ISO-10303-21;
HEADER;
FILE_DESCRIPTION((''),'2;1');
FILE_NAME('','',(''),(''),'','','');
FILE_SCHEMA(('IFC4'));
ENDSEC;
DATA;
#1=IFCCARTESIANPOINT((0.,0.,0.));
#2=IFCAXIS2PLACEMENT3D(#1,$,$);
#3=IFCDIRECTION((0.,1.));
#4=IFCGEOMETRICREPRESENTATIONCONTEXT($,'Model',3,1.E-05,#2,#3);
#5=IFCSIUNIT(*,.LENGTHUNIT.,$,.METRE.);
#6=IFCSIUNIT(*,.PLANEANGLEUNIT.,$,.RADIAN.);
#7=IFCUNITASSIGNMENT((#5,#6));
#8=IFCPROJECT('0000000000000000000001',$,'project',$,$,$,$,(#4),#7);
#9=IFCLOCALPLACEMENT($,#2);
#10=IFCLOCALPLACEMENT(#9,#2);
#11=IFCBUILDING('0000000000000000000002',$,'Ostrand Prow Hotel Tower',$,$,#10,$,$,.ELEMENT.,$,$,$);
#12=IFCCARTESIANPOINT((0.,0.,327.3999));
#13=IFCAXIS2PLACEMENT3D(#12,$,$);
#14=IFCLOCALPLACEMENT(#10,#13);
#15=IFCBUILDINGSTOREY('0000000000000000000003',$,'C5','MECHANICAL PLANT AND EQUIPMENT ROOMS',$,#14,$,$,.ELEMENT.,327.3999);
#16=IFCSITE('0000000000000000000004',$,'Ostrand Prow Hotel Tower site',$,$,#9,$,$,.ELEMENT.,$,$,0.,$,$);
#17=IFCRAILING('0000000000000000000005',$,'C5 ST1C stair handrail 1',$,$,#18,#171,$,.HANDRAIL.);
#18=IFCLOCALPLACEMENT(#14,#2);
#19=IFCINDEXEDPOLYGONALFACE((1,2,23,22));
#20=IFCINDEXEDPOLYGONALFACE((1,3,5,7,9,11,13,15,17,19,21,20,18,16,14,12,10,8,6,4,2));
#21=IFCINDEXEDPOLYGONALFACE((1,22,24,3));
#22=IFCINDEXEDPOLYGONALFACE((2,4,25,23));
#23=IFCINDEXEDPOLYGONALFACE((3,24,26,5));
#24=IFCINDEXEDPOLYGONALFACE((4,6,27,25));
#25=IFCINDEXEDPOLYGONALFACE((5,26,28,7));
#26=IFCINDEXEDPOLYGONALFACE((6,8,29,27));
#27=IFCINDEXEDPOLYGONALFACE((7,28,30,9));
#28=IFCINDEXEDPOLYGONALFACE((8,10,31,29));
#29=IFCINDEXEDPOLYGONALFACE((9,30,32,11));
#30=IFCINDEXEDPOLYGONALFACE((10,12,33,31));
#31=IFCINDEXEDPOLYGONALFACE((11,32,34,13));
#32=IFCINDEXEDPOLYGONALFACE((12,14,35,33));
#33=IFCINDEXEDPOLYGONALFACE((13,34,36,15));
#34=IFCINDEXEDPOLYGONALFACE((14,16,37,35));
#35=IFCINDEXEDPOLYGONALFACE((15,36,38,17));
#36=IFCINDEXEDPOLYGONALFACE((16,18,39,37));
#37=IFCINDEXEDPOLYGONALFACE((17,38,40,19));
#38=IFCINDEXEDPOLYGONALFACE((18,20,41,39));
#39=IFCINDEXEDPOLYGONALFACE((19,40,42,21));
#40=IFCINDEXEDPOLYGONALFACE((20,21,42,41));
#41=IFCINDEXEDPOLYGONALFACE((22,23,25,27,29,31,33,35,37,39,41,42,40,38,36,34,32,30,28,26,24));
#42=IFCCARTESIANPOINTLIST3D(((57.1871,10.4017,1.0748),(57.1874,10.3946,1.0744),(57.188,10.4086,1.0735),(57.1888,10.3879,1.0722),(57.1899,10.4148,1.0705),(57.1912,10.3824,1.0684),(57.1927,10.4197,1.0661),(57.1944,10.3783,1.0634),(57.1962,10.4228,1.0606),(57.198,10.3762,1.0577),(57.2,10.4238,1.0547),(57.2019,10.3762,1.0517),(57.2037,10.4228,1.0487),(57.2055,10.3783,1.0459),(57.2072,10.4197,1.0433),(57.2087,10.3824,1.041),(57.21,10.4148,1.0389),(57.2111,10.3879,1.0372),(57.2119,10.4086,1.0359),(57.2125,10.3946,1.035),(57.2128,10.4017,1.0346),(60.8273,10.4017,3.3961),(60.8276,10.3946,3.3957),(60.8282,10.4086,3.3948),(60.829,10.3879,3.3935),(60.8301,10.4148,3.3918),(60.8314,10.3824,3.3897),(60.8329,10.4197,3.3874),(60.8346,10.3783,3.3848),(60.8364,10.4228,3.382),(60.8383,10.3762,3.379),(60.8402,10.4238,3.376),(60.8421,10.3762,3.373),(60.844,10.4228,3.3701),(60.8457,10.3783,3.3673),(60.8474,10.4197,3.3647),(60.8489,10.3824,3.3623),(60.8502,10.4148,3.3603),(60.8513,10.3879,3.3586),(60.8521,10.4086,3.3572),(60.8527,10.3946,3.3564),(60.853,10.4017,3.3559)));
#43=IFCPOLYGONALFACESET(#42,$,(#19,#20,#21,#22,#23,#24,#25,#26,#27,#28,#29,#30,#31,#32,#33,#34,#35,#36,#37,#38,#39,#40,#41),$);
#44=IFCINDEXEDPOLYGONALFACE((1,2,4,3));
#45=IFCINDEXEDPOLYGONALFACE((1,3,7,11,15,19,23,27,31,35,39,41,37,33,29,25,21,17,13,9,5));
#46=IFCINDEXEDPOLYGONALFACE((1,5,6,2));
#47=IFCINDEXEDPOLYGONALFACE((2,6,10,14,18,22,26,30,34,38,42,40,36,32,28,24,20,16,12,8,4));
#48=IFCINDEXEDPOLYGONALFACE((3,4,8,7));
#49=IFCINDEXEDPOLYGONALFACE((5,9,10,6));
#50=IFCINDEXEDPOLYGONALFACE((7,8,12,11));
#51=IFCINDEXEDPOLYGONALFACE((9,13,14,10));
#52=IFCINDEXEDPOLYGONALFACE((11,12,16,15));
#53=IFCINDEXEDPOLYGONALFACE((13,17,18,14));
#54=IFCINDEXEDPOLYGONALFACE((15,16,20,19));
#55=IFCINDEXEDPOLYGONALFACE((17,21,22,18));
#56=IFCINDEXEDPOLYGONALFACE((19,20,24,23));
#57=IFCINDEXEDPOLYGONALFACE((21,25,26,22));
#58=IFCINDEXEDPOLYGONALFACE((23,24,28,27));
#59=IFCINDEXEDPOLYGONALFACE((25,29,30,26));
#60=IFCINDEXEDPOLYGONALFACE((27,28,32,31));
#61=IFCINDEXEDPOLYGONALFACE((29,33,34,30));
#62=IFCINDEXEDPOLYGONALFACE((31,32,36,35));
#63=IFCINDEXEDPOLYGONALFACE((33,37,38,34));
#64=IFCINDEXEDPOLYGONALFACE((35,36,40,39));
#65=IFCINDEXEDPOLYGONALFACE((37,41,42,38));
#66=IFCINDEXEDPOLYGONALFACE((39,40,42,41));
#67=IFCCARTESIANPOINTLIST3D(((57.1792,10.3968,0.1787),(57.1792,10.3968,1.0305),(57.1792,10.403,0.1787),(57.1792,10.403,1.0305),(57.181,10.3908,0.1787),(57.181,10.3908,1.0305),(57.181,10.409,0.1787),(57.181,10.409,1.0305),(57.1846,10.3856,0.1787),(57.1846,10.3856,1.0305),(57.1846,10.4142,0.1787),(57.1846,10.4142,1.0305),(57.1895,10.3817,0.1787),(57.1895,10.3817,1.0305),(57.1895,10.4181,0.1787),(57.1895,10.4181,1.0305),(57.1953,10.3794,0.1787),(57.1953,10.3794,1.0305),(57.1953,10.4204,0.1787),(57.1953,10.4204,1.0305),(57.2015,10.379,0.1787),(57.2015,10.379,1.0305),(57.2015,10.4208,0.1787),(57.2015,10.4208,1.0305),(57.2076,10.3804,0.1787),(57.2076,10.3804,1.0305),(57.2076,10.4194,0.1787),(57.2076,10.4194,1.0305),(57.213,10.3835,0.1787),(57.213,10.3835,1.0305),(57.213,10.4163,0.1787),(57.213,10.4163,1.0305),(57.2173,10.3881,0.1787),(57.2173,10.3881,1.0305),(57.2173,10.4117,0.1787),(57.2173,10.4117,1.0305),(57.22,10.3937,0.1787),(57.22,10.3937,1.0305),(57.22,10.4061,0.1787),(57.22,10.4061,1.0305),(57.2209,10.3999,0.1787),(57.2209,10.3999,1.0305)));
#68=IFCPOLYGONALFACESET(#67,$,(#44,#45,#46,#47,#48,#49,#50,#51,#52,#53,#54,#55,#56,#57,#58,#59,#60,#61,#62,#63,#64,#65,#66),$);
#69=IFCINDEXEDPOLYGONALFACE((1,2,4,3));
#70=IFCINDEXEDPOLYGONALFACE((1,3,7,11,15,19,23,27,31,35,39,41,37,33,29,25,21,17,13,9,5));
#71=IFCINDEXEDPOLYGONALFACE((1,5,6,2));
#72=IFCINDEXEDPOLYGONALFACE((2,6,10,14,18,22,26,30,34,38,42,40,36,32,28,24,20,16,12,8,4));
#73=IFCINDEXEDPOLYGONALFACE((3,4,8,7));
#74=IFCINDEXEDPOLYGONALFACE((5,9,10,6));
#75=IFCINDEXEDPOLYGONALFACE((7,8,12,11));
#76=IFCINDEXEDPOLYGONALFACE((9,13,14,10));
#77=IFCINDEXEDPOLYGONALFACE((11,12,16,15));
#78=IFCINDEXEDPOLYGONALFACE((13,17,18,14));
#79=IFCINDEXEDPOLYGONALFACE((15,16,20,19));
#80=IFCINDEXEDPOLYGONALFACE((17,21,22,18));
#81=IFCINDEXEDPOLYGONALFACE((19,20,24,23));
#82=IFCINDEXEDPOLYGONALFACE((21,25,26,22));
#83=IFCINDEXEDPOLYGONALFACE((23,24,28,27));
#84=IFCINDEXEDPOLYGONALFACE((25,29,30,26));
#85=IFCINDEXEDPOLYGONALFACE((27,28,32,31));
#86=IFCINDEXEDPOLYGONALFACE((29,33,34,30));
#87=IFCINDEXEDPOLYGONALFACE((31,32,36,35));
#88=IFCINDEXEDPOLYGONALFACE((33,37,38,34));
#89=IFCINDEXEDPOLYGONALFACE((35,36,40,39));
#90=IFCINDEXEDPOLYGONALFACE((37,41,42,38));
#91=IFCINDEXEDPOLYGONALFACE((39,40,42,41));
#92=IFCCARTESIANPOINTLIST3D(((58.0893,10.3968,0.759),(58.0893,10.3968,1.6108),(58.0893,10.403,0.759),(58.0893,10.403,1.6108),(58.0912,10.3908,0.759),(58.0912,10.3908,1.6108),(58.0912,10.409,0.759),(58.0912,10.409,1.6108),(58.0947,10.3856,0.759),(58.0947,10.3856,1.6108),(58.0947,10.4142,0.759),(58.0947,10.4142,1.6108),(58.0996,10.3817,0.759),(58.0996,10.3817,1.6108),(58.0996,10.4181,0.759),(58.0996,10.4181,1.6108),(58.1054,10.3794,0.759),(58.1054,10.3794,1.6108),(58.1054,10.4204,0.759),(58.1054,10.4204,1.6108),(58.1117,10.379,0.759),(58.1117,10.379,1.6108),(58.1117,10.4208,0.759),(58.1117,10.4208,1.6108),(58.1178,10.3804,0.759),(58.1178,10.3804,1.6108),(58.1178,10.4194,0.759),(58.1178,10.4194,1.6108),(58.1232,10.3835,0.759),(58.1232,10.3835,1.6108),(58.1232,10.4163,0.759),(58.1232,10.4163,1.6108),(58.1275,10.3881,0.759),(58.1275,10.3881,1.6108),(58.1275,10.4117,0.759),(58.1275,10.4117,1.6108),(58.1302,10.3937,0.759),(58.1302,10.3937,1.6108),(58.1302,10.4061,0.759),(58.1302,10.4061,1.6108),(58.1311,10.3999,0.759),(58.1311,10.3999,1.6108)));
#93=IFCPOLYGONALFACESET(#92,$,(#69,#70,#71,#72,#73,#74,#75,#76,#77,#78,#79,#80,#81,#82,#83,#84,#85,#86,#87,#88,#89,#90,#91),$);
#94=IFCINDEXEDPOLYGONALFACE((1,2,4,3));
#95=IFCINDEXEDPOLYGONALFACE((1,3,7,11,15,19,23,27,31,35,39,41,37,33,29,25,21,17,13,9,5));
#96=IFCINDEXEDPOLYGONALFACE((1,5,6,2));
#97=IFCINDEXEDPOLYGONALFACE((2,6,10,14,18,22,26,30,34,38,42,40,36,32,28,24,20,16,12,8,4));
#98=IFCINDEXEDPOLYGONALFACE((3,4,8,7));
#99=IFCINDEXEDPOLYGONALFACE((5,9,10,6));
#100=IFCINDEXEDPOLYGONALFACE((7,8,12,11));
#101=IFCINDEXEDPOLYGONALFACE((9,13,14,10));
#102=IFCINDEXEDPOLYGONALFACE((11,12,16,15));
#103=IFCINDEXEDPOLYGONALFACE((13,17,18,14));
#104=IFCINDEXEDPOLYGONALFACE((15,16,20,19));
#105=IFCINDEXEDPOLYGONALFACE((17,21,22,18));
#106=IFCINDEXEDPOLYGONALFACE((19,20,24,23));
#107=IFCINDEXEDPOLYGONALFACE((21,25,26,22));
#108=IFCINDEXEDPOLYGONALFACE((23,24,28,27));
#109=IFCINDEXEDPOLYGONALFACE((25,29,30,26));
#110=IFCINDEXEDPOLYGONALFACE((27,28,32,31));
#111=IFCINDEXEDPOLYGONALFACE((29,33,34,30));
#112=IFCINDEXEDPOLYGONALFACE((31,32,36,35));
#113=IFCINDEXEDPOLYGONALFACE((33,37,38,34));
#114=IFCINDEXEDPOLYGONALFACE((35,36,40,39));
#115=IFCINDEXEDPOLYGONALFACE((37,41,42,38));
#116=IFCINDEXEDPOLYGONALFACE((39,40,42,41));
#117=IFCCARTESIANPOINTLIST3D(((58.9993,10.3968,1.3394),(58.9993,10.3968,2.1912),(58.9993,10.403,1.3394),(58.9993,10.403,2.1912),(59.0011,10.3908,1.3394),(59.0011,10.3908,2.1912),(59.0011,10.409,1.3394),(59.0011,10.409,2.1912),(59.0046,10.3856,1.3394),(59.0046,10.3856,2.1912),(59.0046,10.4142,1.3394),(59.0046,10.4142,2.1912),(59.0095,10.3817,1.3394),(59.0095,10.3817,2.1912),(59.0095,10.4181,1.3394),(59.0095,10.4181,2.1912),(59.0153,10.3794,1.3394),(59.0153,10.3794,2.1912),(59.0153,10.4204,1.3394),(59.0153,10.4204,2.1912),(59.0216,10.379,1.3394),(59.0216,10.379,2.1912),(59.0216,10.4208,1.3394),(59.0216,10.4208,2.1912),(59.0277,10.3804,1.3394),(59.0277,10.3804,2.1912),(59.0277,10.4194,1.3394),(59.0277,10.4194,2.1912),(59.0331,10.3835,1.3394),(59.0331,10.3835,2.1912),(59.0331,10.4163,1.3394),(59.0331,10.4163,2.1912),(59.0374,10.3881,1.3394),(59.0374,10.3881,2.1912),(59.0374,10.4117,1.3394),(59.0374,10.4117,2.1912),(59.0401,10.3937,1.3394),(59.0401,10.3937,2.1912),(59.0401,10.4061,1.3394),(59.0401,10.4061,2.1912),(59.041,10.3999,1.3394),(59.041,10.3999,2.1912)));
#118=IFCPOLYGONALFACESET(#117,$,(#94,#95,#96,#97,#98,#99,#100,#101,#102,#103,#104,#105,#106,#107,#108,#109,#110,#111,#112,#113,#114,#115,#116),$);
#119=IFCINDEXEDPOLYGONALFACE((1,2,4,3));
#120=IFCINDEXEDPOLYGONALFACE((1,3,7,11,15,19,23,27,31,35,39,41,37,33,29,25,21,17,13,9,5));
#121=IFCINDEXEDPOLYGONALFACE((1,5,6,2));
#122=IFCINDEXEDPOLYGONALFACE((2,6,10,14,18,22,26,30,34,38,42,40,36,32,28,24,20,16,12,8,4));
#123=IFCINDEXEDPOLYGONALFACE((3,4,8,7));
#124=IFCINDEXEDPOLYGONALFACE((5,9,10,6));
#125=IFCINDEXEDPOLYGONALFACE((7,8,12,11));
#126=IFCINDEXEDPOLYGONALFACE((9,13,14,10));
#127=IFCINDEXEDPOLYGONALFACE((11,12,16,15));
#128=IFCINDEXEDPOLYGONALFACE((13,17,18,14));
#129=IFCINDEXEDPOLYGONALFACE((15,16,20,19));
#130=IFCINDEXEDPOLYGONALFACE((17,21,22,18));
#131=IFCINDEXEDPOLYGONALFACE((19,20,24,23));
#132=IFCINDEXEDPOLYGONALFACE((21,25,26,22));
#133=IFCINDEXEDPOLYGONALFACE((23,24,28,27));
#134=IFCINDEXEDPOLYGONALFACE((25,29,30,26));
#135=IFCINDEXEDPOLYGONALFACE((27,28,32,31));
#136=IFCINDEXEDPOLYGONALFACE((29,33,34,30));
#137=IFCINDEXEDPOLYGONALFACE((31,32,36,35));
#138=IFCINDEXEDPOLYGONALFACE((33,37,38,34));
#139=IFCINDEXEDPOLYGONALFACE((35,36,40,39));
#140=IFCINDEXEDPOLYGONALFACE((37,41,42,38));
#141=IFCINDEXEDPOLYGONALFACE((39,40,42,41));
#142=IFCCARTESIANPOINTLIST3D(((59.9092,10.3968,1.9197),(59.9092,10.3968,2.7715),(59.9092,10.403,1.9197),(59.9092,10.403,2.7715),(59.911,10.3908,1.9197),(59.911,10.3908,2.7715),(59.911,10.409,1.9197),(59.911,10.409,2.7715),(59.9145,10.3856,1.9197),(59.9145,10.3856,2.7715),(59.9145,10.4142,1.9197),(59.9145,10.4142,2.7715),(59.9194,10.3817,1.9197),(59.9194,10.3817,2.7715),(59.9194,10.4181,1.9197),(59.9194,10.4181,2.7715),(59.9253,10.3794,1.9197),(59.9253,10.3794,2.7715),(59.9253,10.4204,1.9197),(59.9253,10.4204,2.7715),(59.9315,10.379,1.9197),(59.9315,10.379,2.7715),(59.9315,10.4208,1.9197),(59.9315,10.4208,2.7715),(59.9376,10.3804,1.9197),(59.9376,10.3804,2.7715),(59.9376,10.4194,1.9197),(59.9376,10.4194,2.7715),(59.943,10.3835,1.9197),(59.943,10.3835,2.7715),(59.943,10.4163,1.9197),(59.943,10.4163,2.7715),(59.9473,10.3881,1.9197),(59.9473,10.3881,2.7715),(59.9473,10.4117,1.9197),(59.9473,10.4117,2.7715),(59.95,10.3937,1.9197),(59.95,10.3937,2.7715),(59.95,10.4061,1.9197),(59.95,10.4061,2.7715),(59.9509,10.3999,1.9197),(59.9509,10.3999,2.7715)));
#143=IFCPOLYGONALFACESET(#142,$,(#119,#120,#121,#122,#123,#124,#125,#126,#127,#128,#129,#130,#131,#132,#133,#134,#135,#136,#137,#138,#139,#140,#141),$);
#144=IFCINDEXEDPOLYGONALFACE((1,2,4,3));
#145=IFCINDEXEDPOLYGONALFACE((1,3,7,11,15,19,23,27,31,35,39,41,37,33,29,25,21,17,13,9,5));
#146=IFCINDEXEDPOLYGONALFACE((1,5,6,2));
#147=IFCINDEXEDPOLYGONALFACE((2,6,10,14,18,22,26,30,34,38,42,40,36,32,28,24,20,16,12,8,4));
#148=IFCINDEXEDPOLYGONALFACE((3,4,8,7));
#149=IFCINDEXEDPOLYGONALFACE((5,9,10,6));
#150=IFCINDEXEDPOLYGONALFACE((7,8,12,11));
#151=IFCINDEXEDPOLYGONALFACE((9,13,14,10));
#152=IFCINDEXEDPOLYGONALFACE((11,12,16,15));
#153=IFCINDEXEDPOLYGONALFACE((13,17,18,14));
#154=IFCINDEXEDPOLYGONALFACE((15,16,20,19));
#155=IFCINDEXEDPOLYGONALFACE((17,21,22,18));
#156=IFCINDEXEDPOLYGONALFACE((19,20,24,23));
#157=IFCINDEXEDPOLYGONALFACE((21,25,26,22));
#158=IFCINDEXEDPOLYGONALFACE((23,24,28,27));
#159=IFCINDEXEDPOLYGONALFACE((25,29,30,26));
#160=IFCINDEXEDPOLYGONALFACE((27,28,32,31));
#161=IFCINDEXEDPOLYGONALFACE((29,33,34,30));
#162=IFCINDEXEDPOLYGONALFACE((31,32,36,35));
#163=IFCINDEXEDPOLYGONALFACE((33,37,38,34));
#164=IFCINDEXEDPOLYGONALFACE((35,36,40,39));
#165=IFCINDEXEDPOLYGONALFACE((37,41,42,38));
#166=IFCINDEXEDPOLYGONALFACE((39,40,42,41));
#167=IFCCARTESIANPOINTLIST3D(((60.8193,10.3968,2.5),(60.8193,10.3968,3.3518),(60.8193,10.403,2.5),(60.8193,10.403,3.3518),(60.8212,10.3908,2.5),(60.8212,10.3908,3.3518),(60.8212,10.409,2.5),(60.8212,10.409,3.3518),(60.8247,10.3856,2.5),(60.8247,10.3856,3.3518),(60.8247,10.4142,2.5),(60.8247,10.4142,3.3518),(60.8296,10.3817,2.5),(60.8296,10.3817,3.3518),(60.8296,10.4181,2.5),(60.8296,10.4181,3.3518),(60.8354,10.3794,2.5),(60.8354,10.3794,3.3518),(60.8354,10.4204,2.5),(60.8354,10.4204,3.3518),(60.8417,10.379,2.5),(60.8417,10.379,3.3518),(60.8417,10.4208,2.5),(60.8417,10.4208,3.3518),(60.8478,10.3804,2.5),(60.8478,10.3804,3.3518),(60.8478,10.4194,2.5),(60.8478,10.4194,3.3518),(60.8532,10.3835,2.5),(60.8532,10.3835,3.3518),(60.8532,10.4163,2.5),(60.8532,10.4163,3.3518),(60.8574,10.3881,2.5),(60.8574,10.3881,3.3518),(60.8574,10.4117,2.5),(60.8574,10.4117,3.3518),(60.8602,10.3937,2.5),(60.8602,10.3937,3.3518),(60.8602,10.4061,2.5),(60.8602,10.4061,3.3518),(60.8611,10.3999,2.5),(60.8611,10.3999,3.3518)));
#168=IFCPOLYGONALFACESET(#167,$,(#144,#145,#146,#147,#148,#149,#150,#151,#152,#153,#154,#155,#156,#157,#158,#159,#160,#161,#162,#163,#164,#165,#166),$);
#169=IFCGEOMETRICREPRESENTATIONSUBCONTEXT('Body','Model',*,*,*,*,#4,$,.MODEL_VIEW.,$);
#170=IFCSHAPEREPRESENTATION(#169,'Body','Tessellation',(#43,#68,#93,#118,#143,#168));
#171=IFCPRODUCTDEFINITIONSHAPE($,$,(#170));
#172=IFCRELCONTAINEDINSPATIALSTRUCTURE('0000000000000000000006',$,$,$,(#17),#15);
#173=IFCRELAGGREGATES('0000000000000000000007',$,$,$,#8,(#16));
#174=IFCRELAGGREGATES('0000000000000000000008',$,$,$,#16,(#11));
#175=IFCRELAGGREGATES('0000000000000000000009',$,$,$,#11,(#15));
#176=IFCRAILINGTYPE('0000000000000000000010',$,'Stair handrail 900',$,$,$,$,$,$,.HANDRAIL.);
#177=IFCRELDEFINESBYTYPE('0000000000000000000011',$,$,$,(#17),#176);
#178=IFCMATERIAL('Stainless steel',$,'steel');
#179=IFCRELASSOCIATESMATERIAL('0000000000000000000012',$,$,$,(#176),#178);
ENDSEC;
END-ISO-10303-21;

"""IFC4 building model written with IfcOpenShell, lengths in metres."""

from ifc_helpers import new_model, si_unit, direction, frame, origin, origin_2d, place, context, subcontext, project, spatial, circle, extrude, material, type_object, element, save


model = new_model("IFC4")

# Units and contexts
model_context = context("Model", 3, precision=1e-05, world=origin(), true_north=direction((0.0, 1.0)))
body_context = subcontext(model_context, "Body", "Model", "MODEL_VIEW")
ifc_project = project(units=[si_unit("LENGTHUNIT", "METRE"), si_unit("PLANEANGLEUNIT", "RADIAN")], contexts=[model_context])

# Site, building, storey
site_placement = place(None, origin())
site = spatial("IfcSite", under=ifc_project, at=site_placement, Name="Ostrand Prow Hotel Tower site", CompositionType="ELEMENT", RefElevation=0.0)
building_placement = place(site_placement, origin())
building = spatial("IfcBuilding", under=site, at=building_placement, Name="Ostrand Prow Hotel Tower", CompositionType="ELEMENT")
storey_placement = place(building_placement, frame((0.0, 0.0, 327.3999)))
storey = spatial("IfcBuildingStorey", under=building, at=storey_placement, Name="C5", Description="MECHANICAL PLANT AND EQUIPMENT ROOMS", CompositionType="ELEMENT", Elevation=327.3999)

# Railing
ifc_material_1 = material(Name="Stainless steel", Category="steel")
railing_type_1 = type_object("IfcRailingType", Name="Stair handrail 900", PredefinedType="HANDRAIL", material=ifc_material_1)
railing_1_placement = place(storey_placement, frame((57.2, 10.3999, 0.1787)))
element("IfcRailing", 1, at=railing_1_placement, inside=storey, type_object=railing_type_1, Name="C5 ST1C stair handrail 1", PredefinedType="HANDRAIL", context=body_context, shape_type="SweptSolid", body=[
    extrude(circle(Radius=0.0239, at=origin_2d()), frame((0.0, 0.0, 0.876), z_axis=(0.843153, 0.0, 0.537673), x_axis=(0.0, 1.0, 0.0)), (0.0, 0.0, 1.0), 4.3174),
    extrude(circle(Radius=0.021, at=origin_2d()), origin(), (0.0, 0.0, 1.0), 0.8518),
    extrude(circle(Radius=0.021, at=origin_2d()), frame((0.9102, 0.0, 0.5803)), (0.0, 0.0, 1.0), 0.8518),
    extrude(circle(Radius=0.021, at=origin_2d()), frame((1.8201, 0.0, 1.1606)), (0.0, 0.0, 1.0), 0.8518),
    extrude(circle(Radius=0.021, at=origin_2d()), frame((2.73, 0.0, 1.741)), (0.0, 0.0, 1.0), 0.8518),
    extrude(circle(Radius=0.021, at=origin_2d()), frame((3.6401, 0.0, 2.3213)), (0.0, 0.0, 1.0), 0.8518),
])

save(model, "model.ifc")
